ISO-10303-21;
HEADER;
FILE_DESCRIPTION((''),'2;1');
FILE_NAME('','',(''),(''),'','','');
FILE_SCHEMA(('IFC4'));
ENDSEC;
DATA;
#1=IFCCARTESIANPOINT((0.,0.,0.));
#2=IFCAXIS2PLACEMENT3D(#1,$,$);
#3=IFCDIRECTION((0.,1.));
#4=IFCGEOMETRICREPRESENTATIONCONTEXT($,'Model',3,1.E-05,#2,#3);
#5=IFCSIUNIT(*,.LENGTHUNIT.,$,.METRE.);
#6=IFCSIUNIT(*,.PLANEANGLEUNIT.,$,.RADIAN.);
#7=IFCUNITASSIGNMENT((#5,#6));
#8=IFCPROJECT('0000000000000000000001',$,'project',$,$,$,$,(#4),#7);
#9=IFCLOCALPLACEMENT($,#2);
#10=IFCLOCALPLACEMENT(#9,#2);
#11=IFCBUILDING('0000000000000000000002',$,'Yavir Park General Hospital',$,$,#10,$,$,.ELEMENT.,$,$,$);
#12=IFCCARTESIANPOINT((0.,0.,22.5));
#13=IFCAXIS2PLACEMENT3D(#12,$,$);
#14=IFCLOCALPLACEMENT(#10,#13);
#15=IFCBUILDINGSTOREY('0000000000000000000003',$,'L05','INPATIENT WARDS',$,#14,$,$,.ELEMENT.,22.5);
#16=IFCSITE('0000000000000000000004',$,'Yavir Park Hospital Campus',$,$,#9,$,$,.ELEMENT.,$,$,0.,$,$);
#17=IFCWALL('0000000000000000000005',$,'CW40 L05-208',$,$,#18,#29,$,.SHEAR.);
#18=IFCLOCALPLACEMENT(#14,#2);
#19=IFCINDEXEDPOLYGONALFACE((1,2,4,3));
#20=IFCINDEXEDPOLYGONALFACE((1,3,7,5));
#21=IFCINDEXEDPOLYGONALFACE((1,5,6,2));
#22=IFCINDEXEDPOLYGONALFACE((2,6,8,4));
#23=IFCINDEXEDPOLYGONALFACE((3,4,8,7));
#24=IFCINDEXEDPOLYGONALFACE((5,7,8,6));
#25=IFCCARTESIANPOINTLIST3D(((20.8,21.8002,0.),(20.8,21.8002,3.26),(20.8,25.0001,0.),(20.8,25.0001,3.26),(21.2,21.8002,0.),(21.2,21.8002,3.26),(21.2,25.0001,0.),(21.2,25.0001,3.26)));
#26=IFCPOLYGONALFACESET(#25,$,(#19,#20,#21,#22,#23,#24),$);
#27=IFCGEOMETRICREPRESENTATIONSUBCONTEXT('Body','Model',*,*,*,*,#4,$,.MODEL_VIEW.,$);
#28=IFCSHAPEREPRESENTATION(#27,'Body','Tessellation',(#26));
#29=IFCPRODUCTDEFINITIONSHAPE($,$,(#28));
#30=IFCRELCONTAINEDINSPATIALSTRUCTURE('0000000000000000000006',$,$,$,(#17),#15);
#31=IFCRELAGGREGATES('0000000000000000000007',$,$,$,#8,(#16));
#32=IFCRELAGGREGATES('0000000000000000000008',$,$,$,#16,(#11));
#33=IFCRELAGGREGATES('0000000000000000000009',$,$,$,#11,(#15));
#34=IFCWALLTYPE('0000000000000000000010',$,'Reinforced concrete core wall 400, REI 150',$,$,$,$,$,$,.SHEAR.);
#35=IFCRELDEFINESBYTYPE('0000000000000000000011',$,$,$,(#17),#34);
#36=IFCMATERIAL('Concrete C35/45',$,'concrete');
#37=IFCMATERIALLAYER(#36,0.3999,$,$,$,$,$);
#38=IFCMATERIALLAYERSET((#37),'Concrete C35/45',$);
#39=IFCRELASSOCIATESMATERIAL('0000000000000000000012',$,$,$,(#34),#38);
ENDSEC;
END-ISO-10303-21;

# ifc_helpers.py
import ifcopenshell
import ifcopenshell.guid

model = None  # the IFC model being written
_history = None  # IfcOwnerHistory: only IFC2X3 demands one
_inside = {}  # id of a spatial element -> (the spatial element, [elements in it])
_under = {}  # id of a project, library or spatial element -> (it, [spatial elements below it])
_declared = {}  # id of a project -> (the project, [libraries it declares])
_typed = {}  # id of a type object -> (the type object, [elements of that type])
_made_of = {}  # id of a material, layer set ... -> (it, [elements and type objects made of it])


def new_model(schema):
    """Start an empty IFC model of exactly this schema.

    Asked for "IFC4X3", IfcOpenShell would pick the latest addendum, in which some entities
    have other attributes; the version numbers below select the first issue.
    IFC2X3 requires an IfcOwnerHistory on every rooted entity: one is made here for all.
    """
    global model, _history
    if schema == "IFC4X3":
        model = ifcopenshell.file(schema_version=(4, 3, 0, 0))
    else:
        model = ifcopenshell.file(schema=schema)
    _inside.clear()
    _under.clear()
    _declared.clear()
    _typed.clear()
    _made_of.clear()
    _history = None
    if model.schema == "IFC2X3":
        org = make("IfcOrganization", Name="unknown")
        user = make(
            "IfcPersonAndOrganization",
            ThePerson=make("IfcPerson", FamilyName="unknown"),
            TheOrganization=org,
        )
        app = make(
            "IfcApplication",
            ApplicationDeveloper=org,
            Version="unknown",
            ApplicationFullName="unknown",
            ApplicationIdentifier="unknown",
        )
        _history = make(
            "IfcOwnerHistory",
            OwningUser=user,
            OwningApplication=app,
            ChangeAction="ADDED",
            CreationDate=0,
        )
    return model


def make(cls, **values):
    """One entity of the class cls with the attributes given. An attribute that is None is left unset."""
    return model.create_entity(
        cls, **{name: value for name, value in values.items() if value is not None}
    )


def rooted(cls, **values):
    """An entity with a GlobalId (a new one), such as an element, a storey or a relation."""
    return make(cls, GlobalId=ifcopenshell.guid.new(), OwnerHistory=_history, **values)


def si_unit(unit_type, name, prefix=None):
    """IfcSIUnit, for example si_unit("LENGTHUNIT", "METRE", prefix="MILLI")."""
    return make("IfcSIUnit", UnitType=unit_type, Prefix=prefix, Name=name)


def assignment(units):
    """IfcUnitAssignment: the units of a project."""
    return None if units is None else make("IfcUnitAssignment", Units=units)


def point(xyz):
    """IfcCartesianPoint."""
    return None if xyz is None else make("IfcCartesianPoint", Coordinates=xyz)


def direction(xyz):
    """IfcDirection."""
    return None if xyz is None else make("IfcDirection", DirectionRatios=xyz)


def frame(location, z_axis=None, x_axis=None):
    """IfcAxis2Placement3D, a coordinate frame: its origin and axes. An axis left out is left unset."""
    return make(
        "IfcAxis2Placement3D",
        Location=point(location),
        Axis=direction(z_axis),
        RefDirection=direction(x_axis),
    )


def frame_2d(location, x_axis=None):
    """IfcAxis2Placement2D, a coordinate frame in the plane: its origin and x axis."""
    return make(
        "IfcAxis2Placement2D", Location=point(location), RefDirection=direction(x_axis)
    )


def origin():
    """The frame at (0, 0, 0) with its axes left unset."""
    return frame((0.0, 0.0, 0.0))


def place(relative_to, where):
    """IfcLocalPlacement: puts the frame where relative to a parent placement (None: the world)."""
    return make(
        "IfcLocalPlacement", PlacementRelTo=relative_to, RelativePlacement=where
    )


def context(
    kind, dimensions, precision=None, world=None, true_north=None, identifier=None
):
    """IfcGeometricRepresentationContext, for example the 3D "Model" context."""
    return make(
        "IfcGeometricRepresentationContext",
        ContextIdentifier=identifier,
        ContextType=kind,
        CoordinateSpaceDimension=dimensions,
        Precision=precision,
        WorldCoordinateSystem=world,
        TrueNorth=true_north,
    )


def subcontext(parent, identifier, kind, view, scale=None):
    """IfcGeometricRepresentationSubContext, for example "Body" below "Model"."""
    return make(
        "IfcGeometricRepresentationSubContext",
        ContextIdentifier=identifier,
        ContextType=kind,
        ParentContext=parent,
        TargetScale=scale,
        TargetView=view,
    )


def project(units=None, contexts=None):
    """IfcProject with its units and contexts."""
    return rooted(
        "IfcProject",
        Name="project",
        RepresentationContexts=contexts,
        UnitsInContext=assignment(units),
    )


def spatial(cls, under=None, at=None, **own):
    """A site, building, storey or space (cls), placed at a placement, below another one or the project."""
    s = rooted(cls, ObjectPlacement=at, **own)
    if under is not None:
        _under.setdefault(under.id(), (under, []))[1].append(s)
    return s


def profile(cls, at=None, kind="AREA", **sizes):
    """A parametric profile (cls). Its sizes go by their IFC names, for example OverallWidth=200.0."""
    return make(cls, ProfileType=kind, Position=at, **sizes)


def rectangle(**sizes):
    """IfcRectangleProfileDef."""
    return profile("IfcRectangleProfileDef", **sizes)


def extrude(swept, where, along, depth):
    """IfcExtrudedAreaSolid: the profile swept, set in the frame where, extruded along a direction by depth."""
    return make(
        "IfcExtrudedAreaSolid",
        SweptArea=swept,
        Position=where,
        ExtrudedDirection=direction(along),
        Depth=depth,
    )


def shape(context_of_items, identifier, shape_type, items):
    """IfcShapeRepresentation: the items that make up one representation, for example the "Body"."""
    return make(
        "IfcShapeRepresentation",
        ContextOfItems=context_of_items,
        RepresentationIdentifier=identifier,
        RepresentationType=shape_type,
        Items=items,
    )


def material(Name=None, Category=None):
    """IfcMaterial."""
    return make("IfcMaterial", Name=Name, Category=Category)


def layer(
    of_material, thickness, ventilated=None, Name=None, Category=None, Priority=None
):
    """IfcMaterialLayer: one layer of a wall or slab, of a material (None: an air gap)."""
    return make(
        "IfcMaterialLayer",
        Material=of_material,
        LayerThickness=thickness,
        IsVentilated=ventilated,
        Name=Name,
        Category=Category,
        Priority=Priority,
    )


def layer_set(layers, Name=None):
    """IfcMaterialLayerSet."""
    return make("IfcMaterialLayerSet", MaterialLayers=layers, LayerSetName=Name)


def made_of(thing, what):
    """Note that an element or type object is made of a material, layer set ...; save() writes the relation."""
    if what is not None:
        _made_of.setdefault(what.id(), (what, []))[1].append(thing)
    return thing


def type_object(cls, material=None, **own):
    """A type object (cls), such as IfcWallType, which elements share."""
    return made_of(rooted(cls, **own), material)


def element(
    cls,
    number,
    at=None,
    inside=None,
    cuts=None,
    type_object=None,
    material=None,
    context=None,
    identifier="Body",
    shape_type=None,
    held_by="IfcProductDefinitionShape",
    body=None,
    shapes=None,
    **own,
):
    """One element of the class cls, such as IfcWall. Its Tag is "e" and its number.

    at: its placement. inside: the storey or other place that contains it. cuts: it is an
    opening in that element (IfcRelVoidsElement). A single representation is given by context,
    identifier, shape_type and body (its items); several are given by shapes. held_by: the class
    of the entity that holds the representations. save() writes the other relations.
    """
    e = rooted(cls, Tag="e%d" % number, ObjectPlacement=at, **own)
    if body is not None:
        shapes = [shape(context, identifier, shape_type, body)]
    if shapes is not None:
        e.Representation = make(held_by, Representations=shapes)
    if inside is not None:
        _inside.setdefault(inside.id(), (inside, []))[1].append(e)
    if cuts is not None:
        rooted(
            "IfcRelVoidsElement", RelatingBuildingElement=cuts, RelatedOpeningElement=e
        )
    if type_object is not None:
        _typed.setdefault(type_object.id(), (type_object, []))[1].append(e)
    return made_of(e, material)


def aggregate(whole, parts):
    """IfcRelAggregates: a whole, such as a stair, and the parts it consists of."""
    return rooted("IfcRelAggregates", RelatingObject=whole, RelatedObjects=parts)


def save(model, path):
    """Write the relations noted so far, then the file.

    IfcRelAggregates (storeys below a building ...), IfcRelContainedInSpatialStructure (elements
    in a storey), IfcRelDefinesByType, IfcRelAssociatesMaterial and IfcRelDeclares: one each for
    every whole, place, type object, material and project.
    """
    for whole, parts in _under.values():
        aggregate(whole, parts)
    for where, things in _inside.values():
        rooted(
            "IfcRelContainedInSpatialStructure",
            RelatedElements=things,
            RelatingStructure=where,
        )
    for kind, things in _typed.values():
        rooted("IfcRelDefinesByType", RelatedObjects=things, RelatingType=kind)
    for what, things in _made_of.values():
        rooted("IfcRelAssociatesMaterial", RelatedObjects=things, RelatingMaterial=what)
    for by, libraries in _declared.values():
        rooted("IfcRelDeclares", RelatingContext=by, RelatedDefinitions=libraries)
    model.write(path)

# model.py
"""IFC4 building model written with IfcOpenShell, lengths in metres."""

from ifc_helpers import new_model, si_unit, direction, frame, frame_2d, origin, place, context, subcontext, project, spatial, rectangle, extrude, material, layer, layer_set, type_object, element, save


model = new_model("IFC4")

# Units and contexts
model_context = context("Model", 3, precision=1e-05, world=origin(), true_north=direction((0.0, 1.0)))
body_context = subcontext(model_context, "Body", "Model", "MODEL_VIEW")
ifc_project = project(units=[si_unit("LENGTHUNIT", "METRE"), si_unit("PLANEANGLEUNIT", "RADIAN")], contexts=[model_context])

# Site, building, storey
site_placement = place(None, origin())
site = spatial("IfcSite", under=ifc_project, at=site_placement, Name="Yavir Park Hospital Campus", CompositionType="ELEMENT", RefElevation=0.0)
building_placement = place(site_placement, origin())
building = spatial("IfcBuilding", under=site, at=building_placement, Name="Yavir Park General Hospital", CompositionType="ELEMENT")
storey_placement = place(building_placement, frame((0.0, 0.0, 22.5)))
storey = spatial("IfcBuildingStorey", under=building, at=storey_placement, Name="L05", Description="INPATIENT WARDS", CompositionType="ELEMENT", Elevation=22.5)

# Shared definitions
ifc_material_1 = material(Name="Concrete C35/45", Category="concrete")
ifc_layer_1 = layer(ifc_material_1, 0.3999)
ifc_layer_set_1 = layer_set([ifc_layer_1], Name="Concrete C35/45")
wall_type_1 = type_object("IfcWallType", Name="Reinforced concrete core wall 400, REI 150", PredefinedType="SHEAR", material=ifc_layer_set_1)

# Wall
wall_1_placement = place(storey_placement, frame((21.0, 21.8, 0.0), z_axis=(0.0, 0.0, 1.0), x_axis=(0.0, 1.0, 0.0)))
element("IfcWall", 1, at=wall_1_placement, inside=storey, type_object=wall_type_1, Name="CW40 L05-208", PredefinedType="SHEAR", context=body_context, shape_type="SweptSolid", body=[
    extrude(rectangle(XDim=3.2, YDim=0.3999, at=frame_2d((1.6001, 0.0))), origin(), (0.0, 0.0, 1.0), 3.26),
])

save(model, "model.ifc")
